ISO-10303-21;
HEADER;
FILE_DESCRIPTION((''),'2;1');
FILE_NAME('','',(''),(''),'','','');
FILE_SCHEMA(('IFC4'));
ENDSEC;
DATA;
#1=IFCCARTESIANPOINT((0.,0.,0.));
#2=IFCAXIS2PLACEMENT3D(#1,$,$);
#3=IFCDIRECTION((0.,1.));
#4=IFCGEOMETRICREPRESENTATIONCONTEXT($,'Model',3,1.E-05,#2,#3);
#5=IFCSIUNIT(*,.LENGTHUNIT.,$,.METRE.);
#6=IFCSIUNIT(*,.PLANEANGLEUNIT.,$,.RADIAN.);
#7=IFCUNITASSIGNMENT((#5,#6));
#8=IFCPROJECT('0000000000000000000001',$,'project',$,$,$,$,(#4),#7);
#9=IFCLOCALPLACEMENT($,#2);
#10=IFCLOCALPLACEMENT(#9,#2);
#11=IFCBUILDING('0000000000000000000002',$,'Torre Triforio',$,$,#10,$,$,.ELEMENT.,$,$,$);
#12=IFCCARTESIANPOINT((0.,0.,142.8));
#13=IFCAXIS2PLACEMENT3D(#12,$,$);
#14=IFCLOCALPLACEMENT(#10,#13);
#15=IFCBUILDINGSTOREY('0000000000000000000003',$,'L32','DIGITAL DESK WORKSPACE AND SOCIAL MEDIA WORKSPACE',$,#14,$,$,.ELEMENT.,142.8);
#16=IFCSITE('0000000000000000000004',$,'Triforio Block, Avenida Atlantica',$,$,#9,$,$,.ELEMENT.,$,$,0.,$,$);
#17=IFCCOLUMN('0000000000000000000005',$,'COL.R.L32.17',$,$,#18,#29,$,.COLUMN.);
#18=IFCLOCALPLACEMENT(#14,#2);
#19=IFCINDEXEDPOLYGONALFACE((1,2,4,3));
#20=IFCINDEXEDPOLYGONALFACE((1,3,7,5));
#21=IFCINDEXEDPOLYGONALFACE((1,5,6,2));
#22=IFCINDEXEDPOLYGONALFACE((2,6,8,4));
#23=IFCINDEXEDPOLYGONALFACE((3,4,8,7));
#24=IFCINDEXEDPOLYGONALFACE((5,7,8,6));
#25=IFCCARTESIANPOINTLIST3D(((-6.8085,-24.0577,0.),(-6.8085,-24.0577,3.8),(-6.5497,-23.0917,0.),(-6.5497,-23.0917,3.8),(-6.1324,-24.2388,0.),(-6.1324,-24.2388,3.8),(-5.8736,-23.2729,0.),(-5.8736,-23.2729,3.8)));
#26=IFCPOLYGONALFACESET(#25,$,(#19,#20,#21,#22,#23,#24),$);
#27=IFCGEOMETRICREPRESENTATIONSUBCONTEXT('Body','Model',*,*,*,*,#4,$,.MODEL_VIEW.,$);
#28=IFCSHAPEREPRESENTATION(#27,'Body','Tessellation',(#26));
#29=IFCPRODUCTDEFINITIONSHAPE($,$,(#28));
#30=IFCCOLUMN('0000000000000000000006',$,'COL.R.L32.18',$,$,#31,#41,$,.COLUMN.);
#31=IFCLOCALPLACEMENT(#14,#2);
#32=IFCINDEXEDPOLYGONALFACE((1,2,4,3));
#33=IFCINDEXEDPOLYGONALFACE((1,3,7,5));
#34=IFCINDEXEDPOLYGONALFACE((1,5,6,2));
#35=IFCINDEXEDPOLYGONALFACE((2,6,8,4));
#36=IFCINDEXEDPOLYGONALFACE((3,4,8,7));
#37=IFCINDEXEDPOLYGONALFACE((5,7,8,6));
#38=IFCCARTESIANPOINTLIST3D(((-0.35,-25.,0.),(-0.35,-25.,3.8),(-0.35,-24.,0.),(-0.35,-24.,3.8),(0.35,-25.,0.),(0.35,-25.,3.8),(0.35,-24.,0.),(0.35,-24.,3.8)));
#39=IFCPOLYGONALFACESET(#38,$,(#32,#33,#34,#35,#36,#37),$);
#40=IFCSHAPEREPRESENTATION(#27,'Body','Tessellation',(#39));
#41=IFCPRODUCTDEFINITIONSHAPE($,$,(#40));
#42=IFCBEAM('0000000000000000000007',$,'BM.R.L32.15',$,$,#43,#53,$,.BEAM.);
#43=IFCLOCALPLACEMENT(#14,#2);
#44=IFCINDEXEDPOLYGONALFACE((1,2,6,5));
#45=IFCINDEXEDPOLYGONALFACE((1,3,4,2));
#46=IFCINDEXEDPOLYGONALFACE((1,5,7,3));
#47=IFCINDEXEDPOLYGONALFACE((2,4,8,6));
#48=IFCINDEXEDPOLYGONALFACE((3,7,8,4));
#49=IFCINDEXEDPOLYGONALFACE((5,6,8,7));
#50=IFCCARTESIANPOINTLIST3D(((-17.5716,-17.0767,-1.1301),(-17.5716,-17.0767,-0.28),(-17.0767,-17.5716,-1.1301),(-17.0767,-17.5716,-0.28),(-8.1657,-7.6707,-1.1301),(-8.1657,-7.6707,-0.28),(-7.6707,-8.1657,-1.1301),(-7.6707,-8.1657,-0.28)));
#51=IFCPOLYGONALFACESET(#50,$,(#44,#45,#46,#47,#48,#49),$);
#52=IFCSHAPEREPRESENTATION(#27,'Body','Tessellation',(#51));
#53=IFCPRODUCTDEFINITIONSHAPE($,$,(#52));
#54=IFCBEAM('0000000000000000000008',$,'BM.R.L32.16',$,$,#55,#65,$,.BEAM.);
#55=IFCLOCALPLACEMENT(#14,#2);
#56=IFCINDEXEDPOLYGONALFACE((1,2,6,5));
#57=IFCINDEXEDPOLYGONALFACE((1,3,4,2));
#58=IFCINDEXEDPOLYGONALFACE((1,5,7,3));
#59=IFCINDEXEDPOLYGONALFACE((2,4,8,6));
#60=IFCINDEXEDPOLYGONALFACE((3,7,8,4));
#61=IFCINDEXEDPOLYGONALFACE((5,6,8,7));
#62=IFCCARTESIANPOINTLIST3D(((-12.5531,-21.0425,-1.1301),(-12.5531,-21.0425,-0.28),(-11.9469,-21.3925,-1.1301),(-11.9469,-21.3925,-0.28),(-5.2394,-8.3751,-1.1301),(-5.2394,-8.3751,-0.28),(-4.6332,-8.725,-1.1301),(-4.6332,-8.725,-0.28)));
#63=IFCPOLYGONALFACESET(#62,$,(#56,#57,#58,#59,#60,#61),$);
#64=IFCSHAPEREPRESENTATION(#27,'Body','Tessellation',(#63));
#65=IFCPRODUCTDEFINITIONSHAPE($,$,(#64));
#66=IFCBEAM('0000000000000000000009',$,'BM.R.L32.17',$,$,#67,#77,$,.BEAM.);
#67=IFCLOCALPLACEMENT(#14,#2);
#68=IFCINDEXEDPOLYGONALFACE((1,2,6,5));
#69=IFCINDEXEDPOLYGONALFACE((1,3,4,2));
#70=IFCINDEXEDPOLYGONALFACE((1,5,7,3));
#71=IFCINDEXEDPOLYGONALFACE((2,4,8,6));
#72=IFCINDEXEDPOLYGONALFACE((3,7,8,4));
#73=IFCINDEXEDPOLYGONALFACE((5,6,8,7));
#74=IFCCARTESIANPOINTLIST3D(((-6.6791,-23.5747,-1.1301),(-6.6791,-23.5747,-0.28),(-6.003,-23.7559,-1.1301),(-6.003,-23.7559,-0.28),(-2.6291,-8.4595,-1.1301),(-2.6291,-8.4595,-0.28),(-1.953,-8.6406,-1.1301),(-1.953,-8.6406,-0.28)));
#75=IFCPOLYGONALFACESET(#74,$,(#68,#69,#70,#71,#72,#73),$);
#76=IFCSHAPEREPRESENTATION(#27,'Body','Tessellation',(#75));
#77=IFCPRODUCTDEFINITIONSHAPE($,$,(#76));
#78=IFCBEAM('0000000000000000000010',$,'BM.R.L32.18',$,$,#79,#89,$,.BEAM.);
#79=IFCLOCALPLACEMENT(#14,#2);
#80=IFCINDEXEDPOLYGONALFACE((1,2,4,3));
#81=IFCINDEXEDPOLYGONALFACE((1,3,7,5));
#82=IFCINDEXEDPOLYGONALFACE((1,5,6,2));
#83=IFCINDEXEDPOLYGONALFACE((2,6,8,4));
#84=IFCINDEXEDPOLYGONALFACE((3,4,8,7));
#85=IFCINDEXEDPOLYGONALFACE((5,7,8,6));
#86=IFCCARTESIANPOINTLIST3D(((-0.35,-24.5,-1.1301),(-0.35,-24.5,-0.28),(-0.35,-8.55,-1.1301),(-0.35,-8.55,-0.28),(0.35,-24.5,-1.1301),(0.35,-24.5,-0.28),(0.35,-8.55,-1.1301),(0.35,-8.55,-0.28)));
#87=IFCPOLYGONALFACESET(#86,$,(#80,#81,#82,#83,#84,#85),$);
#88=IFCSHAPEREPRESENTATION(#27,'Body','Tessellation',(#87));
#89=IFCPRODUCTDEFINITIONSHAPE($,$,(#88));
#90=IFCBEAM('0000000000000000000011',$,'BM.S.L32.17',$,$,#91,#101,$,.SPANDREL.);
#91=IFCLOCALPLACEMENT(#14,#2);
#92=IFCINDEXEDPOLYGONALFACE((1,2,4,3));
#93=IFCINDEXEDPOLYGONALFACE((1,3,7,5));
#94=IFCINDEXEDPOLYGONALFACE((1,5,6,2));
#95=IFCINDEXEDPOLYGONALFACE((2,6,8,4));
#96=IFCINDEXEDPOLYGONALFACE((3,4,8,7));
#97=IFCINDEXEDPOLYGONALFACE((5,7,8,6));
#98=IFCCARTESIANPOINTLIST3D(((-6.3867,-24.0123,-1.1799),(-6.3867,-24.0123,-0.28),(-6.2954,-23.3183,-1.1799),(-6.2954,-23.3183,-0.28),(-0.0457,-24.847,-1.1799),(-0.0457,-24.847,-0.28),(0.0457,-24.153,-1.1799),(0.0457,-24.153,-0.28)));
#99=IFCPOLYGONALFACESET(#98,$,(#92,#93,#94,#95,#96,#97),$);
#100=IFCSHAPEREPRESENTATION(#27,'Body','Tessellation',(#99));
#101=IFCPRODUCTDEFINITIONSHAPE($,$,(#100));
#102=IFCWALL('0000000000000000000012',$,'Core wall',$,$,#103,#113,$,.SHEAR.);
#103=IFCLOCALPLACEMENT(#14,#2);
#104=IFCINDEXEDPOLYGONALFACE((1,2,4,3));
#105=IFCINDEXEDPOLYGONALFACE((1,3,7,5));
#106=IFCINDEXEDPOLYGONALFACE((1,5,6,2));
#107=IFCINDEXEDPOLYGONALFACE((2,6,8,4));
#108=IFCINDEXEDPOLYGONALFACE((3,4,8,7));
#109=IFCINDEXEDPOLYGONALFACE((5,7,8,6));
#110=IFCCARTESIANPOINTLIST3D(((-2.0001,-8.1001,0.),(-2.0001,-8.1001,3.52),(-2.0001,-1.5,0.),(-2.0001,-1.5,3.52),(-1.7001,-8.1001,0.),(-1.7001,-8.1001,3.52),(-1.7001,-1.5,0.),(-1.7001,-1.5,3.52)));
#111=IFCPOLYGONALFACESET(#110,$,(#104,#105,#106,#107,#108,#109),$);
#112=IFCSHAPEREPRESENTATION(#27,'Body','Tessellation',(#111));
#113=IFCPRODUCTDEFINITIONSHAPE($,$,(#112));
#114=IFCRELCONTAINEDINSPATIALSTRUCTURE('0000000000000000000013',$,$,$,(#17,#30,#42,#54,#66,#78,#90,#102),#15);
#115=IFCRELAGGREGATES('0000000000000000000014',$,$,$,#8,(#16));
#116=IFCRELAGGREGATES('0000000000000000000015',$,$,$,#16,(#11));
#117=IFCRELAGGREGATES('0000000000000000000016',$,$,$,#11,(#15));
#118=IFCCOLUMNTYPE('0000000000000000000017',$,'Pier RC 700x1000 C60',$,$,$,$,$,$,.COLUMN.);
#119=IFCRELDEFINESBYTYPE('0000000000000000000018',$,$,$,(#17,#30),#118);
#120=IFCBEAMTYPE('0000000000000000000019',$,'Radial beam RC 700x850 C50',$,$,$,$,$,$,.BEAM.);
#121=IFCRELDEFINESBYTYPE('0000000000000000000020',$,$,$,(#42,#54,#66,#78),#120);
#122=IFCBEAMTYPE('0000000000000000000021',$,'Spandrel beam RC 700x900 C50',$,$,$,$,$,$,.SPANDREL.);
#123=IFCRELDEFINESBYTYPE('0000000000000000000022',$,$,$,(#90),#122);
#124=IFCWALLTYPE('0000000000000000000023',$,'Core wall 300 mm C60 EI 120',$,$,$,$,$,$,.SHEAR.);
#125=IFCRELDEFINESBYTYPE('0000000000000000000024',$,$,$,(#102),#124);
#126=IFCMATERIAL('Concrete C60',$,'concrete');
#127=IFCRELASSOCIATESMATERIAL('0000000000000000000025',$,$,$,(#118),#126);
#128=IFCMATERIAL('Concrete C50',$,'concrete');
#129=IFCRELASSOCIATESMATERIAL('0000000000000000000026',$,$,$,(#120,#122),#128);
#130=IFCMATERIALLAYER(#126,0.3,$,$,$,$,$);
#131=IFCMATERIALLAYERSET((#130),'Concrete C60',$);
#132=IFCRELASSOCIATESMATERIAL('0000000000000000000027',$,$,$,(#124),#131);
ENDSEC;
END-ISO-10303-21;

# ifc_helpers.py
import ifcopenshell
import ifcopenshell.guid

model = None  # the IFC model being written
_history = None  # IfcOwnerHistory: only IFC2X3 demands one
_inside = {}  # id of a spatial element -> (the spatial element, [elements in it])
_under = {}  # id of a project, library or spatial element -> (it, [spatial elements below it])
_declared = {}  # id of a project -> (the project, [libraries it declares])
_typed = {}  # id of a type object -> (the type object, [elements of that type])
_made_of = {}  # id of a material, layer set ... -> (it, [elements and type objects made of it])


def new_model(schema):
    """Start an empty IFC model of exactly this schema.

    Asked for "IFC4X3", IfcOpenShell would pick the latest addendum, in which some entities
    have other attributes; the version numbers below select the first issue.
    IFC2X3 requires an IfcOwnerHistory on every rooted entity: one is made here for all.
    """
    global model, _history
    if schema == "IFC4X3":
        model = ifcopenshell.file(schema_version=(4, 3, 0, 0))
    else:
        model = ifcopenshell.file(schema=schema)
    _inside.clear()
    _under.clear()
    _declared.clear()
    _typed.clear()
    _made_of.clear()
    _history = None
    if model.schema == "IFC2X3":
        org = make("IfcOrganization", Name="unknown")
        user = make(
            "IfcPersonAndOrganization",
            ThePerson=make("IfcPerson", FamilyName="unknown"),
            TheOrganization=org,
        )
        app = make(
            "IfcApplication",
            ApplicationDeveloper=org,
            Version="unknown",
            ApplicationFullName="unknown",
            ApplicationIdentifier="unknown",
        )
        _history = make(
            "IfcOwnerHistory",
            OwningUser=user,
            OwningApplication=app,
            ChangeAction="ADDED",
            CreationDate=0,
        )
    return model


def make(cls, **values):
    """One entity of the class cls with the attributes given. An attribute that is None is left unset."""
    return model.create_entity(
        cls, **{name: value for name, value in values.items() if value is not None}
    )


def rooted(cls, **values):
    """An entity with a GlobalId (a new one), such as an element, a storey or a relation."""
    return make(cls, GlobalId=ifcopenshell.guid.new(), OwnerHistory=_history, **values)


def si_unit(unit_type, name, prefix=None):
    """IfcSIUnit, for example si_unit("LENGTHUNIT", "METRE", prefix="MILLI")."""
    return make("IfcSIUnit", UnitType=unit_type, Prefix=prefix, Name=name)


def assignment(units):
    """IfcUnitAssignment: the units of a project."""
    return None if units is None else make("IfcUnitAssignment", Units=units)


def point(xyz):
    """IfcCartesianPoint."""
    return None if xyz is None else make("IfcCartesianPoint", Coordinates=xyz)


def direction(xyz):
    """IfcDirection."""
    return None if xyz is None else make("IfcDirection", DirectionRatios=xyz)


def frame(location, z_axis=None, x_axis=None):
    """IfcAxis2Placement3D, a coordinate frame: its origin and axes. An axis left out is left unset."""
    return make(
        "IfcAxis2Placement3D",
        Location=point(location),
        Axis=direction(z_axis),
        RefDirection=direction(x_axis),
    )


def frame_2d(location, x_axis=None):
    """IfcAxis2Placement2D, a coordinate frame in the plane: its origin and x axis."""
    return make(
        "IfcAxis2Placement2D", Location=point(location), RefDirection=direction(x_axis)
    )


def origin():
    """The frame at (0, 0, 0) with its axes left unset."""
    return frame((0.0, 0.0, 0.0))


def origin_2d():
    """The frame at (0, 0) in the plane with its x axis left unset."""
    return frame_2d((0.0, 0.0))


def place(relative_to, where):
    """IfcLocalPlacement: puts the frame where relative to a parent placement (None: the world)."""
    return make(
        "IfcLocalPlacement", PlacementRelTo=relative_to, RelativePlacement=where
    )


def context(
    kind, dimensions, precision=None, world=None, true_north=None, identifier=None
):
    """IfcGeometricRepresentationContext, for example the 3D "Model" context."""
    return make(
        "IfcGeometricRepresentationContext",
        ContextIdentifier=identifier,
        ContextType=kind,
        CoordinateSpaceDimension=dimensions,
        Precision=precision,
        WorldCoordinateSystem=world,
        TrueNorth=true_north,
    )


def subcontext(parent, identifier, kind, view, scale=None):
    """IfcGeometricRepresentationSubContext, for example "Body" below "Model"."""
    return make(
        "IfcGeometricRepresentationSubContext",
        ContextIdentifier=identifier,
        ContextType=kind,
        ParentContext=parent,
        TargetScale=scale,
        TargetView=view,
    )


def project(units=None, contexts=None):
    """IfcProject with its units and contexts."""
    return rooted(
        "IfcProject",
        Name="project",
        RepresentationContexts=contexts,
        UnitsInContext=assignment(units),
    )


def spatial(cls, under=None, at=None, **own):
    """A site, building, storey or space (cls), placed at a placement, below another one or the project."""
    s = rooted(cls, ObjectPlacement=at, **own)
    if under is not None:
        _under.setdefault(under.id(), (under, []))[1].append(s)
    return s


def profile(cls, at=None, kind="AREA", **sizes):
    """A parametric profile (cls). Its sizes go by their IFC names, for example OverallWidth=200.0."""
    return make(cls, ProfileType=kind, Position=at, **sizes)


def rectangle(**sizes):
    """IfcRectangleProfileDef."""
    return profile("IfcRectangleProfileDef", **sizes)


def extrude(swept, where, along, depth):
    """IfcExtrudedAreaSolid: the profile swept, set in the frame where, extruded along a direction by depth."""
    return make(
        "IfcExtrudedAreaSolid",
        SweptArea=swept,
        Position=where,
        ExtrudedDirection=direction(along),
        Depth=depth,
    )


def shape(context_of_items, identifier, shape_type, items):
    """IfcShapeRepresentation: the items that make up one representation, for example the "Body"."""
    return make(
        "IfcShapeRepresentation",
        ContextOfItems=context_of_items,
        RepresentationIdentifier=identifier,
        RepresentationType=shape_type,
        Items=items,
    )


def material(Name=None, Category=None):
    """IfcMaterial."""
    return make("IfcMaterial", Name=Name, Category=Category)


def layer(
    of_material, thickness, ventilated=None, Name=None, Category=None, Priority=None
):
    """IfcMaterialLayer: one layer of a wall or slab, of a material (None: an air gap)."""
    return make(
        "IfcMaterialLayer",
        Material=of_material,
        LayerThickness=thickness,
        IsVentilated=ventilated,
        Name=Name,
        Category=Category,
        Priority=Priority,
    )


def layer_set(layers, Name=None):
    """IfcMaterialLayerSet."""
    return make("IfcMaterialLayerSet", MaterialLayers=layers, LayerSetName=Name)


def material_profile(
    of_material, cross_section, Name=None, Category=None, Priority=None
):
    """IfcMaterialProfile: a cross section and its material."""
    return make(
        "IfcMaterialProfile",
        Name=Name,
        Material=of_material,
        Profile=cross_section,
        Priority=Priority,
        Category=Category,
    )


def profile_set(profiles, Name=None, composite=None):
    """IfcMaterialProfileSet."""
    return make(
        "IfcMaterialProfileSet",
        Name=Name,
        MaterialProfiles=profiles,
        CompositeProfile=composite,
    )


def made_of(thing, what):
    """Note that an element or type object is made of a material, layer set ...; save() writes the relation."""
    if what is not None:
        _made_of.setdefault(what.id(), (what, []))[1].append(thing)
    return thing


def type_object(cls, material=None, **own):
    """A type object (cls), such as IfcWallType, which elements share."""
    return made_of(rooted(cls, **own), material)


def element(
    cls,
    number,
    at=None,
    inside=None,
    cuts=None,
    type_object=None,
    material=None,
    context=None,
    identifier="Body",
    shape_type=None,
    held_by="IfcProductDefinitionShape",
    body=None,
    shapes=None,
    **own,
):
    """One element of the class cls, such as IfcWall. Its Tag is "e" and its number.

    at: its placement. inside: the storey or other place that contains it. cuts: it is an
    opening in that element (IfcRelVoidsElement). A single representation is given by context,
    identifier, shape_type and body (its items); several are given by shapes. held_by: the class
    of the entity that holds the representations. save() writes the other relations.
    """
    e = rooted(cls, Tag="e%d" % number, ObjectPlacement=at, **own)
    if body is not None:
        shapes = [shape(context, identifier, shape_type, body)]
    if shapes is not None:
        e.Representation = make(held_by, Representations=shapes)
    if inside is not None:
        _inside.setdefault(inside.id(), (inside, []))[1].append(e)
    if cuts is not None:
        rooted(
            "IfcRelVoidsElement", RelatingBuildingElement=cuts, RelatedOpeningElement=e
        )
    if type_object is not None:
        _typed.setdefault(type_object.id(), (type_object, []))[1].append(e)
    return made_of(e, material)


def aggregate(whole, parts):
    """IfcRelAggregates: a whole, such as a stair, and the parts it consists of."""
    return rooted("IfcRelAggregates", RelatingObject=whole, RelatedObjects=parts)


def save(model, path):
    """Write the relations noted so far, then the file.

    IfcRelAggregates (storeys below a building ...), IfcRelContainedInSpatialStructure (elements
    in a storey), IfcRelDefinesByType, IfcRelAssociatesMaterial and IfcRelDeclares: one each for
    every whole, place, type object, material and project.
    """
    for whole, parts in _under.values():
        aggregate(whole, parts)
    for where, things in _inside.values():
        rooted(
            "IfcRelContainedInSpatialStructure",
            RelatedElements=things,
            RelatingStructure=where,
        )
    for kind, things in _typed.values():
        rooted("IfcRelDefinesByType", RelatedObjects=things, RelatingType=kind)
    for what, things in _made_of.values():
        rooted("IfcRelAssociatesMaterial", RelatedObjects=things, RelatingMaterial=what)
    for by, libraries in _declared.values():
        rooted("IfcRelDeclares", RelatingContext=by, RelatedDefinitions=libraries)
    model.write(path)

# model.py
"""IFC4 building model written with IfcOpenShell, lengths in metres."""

from ifc_helpers import new_model, si_unit, direction, frame, frame_2d, origin, origin_2d, place, context, subcontext, project, spatial, rectangle, extrude, material, layer, layer_set, material_profile, profile_set, type_object, element, save


model = new_model("IFC4")

# Units and contexts
model_context = context("Model", 3, precision=1e-05, world=origin(), true_north=direction((0.0, 1.0)))
body_context = subcontext(model_context, "Body", "Model", "MODEL_VIEW")
ifc_project = project(units=[si_unit("LENGTHUNIT", "METRE"), si_unit("PLANEANGLEUNIT", "RADIAN")], contexts=[model_context])

# Site, building, storey
site_placement = place(None, origin())
site = spatial("IfcSite", under=ifc_project, at=site_placement, Name="Triforio Block, Avenida Atlantica", CompositionType="ELEMENT", RefElevation=0.0)
building_placement = place(site_placement, origin())
building = spatial("IfcBuilding", under=site, at=building_placement, Name="Torre Triforio", CompositionType="ELEMENT")
storey_placement = place(building_placement, frame((0.0, 0.0, 142.8)))
storey = spatial("IfcBuildingStorey", under=building, at=storey_placement, Name="L32", Description="DIGITAL DESK WORKSPACE AND SOCIAL MEDIA WORKSPACE", CompositionType="ELEMENT", Elevation=142.8)

# Columns
ifc_material_1 = material(Name="Concrete C60", Category="concrete")
ifc_material_profile_1 = material_profile(ifc_material_1, rectangle(XDim=0.7, YDim=1.0, at=origin_2d()), Name="RC 700x1000")
ifc_profile_set_1 = profile_set([ifc_material_profile_1], Name="Concrete C60")
column_type = type_object("IfcColumnType", Name="Pier RC 700x1000 C60", PredefinedType="COLUMN", material=ifc_profile_set_1)
for number, where, z_axis, x_axis, name in (
    (1, (-6.3411, -23.6653, 0.0), (0.0, 0.0, 1.0), (0.965926, -0.258819, 0.0), "COL.R.L32.17"),
    (2, (0.0, -24.5, 0.0), (0.0, 0.0, 1.0), (1.0, 0.0, 0.0), "COL.R.L32.18"),
):
    element("IfcColumn", number, at=place(storey_placement, frame(where, z_axis=z_axis, x_axis=x_axis)), inside=storey, type_object=column_type, Name=name, PredefinedType="COLUMN", context=body_context, shape_type="SweptSolid", body=[
        extrude(rectangle(XDim=0.7, YDim=1.0, at=origin_2d()), origin(), (0.0, 0.0, 1.0), 3.8),
    ])

# Beams
ifc_material_2 = material(Name="Concrete C50", Category="concrete")
ifc_material_profile_2 = material_profile(ifc_material_2, rectangle(XDim=0.7, YDim=0.8501, at=origin_2d()), Name="RC 700x850")
ifc_profile_set_2 = profile_set([ifc_material_profile_2], Name="Concrete C50")
beam_type_1 = type_object("IfcBeamType", Name="Radial beam RC 700x850 C50", PredefinedType="BEAM", material=ifc_profile_set_2)
beam_1_placement = place(storey_placement, frame((-7.9182, -7.9182, -0.7051), z_axis=(-0.707107, -0.707107, 0.0), x_axis=(0.707107, -0.707107, 0.0)))
element("IfcBeam", 3, at=beam_1_placement, inside=storey, type_object=beam_type_1, Name="BM.R.L32.15", PredefinedType="BEAM", context=body_context, shape_type="SweptSolid", body=[
    extrude(rectangle(XDim=0.7, YDim=0.8501, at=origin_2d()), origin(), (0.0, 0.0, 1.0), 13.302),
])
beam_2_placement = place(storey_placement, frame((-4.9363, -8.55, -0.7051), z_axis=(-0.500008, -0.866021, 0.0), x_axis=(0.866021, -0.500008, 0.0)))
element("IfcBeam", 4, at=beam_2_placement, inside=storey, type_object=beam_type_1, Name="BM.R.L32.16", PredefinedType="BEAM", context=body_context, shape_type="SweptSolid", body=[
    extrude(rectangle(XDim=0.7, YDim=0.8501, at=origin_2d()), origin(), (0.0, 0.0, 1.0), 14.6272),
])
beam_3_placement = place(storey_placement, frame((-2.291, -8.55, -0.7051), z_axis=(-0.258815, -0.965927, 0.0), x_axis=(0.965927, -0.258815, 0.0)))
element("IfcBeam", 5, at=beam_3_placement, inside=storey, type_object=beam_type_1, Name="BM.R.L32.17", PredefinedType="BEAM", context=body_context, shape_type="SweptSolid", body=[
    extrude(rectangle(XDim=0.7, YDim=0.8501, at=origin_2d()), origin(), (0.0, 0.0, 1.0), 15.6484),
])
beam_4_placement = place(storey_placement, frame((0.0, -8.55, -0.7051), z_axis=(0.0, -1.0, 0.0), x_axis=(1.0, 0.0, 0.0)))
element("IfcBeam", 6, at=beam_4_placement, inside=storey, type_object=beam_type_1, Name="BM.R.L32.18", PredefinedType="BEAM", context=body_context, shape_type="SweptSolid", body=[
    extrude(rectangle(XDim=0.7, YDim=0.8501, at=origin_2d()), origin(), (0.0, 0.0, 1.0), 15.95),
])
ifc_material_profile_3 = material_profile(ifc_material_2, rectangle(XDim=0.7, YDim=0.8999, at=origin_2d()), Name="RC 700x900")
ifc_profile_set_3 = profile_set([ifc_material_profile_3], Name="Concrete C50")
beam_type_2 = type_object("IfcBeamType", Name="Spandrel beam RC 700x900 C50", PredefinedType="SPANDREL", material=ifc_profile_set_3)
beam_5_placement = place(storey_placement, frame((-6.3411, -23.6653, -0.73), z_axis=(0.991447, -0.130511, 0.0), x_axis=(0.130511, 0.991447, 0.0)))
element("IfcBeam", 7, at=beam_5_placement, inside=storey, type_object=beam_type_2, Name="BM.S.L32.17", PredefinedType="SPANDREL", context=body_context, shape_type="SweptSolid", body=[
    extrude(rectangle(XDim=0.7, YDim=0.8999, at=origin_2d()), origin(), (0.0, 0.0, 1.0), 6.3958),
])

# Wall
ifc_layer_1 = layer(ifc_material_1, 0.3)
ifc_layer_set_1 = layer_set([ifc_layer_1], Name="Concrete C60")
wall_type_1 = type_object("IfcWallType", Name="Core wall 300 mm C60 EI 120", PredefinedType="SHEAR", material=ifc_layer_set_1)
wall_1_placement = place(storey_placement, frame((-1.8501, -8.1001, 0.0), z_axis=(0.0, 0.0, 1.0), x_axis=(0.0, 1.0, 0.0)))
element("IfcWall", 8, at=wall_1_placement, inside=storey, type_object=wall_type_1, Name="Core wall", PredefinedType="SHEAR", context=body_context, shape_type="SweptSolid", body=[
    extrude(rectangle(XDim=6.6001, YDim=0.3, at=frame_2d((3.3, 0.0))), origin(), (0.0, 0.0, 1.0), 3.52),
])

save(model, "model.ifc")
